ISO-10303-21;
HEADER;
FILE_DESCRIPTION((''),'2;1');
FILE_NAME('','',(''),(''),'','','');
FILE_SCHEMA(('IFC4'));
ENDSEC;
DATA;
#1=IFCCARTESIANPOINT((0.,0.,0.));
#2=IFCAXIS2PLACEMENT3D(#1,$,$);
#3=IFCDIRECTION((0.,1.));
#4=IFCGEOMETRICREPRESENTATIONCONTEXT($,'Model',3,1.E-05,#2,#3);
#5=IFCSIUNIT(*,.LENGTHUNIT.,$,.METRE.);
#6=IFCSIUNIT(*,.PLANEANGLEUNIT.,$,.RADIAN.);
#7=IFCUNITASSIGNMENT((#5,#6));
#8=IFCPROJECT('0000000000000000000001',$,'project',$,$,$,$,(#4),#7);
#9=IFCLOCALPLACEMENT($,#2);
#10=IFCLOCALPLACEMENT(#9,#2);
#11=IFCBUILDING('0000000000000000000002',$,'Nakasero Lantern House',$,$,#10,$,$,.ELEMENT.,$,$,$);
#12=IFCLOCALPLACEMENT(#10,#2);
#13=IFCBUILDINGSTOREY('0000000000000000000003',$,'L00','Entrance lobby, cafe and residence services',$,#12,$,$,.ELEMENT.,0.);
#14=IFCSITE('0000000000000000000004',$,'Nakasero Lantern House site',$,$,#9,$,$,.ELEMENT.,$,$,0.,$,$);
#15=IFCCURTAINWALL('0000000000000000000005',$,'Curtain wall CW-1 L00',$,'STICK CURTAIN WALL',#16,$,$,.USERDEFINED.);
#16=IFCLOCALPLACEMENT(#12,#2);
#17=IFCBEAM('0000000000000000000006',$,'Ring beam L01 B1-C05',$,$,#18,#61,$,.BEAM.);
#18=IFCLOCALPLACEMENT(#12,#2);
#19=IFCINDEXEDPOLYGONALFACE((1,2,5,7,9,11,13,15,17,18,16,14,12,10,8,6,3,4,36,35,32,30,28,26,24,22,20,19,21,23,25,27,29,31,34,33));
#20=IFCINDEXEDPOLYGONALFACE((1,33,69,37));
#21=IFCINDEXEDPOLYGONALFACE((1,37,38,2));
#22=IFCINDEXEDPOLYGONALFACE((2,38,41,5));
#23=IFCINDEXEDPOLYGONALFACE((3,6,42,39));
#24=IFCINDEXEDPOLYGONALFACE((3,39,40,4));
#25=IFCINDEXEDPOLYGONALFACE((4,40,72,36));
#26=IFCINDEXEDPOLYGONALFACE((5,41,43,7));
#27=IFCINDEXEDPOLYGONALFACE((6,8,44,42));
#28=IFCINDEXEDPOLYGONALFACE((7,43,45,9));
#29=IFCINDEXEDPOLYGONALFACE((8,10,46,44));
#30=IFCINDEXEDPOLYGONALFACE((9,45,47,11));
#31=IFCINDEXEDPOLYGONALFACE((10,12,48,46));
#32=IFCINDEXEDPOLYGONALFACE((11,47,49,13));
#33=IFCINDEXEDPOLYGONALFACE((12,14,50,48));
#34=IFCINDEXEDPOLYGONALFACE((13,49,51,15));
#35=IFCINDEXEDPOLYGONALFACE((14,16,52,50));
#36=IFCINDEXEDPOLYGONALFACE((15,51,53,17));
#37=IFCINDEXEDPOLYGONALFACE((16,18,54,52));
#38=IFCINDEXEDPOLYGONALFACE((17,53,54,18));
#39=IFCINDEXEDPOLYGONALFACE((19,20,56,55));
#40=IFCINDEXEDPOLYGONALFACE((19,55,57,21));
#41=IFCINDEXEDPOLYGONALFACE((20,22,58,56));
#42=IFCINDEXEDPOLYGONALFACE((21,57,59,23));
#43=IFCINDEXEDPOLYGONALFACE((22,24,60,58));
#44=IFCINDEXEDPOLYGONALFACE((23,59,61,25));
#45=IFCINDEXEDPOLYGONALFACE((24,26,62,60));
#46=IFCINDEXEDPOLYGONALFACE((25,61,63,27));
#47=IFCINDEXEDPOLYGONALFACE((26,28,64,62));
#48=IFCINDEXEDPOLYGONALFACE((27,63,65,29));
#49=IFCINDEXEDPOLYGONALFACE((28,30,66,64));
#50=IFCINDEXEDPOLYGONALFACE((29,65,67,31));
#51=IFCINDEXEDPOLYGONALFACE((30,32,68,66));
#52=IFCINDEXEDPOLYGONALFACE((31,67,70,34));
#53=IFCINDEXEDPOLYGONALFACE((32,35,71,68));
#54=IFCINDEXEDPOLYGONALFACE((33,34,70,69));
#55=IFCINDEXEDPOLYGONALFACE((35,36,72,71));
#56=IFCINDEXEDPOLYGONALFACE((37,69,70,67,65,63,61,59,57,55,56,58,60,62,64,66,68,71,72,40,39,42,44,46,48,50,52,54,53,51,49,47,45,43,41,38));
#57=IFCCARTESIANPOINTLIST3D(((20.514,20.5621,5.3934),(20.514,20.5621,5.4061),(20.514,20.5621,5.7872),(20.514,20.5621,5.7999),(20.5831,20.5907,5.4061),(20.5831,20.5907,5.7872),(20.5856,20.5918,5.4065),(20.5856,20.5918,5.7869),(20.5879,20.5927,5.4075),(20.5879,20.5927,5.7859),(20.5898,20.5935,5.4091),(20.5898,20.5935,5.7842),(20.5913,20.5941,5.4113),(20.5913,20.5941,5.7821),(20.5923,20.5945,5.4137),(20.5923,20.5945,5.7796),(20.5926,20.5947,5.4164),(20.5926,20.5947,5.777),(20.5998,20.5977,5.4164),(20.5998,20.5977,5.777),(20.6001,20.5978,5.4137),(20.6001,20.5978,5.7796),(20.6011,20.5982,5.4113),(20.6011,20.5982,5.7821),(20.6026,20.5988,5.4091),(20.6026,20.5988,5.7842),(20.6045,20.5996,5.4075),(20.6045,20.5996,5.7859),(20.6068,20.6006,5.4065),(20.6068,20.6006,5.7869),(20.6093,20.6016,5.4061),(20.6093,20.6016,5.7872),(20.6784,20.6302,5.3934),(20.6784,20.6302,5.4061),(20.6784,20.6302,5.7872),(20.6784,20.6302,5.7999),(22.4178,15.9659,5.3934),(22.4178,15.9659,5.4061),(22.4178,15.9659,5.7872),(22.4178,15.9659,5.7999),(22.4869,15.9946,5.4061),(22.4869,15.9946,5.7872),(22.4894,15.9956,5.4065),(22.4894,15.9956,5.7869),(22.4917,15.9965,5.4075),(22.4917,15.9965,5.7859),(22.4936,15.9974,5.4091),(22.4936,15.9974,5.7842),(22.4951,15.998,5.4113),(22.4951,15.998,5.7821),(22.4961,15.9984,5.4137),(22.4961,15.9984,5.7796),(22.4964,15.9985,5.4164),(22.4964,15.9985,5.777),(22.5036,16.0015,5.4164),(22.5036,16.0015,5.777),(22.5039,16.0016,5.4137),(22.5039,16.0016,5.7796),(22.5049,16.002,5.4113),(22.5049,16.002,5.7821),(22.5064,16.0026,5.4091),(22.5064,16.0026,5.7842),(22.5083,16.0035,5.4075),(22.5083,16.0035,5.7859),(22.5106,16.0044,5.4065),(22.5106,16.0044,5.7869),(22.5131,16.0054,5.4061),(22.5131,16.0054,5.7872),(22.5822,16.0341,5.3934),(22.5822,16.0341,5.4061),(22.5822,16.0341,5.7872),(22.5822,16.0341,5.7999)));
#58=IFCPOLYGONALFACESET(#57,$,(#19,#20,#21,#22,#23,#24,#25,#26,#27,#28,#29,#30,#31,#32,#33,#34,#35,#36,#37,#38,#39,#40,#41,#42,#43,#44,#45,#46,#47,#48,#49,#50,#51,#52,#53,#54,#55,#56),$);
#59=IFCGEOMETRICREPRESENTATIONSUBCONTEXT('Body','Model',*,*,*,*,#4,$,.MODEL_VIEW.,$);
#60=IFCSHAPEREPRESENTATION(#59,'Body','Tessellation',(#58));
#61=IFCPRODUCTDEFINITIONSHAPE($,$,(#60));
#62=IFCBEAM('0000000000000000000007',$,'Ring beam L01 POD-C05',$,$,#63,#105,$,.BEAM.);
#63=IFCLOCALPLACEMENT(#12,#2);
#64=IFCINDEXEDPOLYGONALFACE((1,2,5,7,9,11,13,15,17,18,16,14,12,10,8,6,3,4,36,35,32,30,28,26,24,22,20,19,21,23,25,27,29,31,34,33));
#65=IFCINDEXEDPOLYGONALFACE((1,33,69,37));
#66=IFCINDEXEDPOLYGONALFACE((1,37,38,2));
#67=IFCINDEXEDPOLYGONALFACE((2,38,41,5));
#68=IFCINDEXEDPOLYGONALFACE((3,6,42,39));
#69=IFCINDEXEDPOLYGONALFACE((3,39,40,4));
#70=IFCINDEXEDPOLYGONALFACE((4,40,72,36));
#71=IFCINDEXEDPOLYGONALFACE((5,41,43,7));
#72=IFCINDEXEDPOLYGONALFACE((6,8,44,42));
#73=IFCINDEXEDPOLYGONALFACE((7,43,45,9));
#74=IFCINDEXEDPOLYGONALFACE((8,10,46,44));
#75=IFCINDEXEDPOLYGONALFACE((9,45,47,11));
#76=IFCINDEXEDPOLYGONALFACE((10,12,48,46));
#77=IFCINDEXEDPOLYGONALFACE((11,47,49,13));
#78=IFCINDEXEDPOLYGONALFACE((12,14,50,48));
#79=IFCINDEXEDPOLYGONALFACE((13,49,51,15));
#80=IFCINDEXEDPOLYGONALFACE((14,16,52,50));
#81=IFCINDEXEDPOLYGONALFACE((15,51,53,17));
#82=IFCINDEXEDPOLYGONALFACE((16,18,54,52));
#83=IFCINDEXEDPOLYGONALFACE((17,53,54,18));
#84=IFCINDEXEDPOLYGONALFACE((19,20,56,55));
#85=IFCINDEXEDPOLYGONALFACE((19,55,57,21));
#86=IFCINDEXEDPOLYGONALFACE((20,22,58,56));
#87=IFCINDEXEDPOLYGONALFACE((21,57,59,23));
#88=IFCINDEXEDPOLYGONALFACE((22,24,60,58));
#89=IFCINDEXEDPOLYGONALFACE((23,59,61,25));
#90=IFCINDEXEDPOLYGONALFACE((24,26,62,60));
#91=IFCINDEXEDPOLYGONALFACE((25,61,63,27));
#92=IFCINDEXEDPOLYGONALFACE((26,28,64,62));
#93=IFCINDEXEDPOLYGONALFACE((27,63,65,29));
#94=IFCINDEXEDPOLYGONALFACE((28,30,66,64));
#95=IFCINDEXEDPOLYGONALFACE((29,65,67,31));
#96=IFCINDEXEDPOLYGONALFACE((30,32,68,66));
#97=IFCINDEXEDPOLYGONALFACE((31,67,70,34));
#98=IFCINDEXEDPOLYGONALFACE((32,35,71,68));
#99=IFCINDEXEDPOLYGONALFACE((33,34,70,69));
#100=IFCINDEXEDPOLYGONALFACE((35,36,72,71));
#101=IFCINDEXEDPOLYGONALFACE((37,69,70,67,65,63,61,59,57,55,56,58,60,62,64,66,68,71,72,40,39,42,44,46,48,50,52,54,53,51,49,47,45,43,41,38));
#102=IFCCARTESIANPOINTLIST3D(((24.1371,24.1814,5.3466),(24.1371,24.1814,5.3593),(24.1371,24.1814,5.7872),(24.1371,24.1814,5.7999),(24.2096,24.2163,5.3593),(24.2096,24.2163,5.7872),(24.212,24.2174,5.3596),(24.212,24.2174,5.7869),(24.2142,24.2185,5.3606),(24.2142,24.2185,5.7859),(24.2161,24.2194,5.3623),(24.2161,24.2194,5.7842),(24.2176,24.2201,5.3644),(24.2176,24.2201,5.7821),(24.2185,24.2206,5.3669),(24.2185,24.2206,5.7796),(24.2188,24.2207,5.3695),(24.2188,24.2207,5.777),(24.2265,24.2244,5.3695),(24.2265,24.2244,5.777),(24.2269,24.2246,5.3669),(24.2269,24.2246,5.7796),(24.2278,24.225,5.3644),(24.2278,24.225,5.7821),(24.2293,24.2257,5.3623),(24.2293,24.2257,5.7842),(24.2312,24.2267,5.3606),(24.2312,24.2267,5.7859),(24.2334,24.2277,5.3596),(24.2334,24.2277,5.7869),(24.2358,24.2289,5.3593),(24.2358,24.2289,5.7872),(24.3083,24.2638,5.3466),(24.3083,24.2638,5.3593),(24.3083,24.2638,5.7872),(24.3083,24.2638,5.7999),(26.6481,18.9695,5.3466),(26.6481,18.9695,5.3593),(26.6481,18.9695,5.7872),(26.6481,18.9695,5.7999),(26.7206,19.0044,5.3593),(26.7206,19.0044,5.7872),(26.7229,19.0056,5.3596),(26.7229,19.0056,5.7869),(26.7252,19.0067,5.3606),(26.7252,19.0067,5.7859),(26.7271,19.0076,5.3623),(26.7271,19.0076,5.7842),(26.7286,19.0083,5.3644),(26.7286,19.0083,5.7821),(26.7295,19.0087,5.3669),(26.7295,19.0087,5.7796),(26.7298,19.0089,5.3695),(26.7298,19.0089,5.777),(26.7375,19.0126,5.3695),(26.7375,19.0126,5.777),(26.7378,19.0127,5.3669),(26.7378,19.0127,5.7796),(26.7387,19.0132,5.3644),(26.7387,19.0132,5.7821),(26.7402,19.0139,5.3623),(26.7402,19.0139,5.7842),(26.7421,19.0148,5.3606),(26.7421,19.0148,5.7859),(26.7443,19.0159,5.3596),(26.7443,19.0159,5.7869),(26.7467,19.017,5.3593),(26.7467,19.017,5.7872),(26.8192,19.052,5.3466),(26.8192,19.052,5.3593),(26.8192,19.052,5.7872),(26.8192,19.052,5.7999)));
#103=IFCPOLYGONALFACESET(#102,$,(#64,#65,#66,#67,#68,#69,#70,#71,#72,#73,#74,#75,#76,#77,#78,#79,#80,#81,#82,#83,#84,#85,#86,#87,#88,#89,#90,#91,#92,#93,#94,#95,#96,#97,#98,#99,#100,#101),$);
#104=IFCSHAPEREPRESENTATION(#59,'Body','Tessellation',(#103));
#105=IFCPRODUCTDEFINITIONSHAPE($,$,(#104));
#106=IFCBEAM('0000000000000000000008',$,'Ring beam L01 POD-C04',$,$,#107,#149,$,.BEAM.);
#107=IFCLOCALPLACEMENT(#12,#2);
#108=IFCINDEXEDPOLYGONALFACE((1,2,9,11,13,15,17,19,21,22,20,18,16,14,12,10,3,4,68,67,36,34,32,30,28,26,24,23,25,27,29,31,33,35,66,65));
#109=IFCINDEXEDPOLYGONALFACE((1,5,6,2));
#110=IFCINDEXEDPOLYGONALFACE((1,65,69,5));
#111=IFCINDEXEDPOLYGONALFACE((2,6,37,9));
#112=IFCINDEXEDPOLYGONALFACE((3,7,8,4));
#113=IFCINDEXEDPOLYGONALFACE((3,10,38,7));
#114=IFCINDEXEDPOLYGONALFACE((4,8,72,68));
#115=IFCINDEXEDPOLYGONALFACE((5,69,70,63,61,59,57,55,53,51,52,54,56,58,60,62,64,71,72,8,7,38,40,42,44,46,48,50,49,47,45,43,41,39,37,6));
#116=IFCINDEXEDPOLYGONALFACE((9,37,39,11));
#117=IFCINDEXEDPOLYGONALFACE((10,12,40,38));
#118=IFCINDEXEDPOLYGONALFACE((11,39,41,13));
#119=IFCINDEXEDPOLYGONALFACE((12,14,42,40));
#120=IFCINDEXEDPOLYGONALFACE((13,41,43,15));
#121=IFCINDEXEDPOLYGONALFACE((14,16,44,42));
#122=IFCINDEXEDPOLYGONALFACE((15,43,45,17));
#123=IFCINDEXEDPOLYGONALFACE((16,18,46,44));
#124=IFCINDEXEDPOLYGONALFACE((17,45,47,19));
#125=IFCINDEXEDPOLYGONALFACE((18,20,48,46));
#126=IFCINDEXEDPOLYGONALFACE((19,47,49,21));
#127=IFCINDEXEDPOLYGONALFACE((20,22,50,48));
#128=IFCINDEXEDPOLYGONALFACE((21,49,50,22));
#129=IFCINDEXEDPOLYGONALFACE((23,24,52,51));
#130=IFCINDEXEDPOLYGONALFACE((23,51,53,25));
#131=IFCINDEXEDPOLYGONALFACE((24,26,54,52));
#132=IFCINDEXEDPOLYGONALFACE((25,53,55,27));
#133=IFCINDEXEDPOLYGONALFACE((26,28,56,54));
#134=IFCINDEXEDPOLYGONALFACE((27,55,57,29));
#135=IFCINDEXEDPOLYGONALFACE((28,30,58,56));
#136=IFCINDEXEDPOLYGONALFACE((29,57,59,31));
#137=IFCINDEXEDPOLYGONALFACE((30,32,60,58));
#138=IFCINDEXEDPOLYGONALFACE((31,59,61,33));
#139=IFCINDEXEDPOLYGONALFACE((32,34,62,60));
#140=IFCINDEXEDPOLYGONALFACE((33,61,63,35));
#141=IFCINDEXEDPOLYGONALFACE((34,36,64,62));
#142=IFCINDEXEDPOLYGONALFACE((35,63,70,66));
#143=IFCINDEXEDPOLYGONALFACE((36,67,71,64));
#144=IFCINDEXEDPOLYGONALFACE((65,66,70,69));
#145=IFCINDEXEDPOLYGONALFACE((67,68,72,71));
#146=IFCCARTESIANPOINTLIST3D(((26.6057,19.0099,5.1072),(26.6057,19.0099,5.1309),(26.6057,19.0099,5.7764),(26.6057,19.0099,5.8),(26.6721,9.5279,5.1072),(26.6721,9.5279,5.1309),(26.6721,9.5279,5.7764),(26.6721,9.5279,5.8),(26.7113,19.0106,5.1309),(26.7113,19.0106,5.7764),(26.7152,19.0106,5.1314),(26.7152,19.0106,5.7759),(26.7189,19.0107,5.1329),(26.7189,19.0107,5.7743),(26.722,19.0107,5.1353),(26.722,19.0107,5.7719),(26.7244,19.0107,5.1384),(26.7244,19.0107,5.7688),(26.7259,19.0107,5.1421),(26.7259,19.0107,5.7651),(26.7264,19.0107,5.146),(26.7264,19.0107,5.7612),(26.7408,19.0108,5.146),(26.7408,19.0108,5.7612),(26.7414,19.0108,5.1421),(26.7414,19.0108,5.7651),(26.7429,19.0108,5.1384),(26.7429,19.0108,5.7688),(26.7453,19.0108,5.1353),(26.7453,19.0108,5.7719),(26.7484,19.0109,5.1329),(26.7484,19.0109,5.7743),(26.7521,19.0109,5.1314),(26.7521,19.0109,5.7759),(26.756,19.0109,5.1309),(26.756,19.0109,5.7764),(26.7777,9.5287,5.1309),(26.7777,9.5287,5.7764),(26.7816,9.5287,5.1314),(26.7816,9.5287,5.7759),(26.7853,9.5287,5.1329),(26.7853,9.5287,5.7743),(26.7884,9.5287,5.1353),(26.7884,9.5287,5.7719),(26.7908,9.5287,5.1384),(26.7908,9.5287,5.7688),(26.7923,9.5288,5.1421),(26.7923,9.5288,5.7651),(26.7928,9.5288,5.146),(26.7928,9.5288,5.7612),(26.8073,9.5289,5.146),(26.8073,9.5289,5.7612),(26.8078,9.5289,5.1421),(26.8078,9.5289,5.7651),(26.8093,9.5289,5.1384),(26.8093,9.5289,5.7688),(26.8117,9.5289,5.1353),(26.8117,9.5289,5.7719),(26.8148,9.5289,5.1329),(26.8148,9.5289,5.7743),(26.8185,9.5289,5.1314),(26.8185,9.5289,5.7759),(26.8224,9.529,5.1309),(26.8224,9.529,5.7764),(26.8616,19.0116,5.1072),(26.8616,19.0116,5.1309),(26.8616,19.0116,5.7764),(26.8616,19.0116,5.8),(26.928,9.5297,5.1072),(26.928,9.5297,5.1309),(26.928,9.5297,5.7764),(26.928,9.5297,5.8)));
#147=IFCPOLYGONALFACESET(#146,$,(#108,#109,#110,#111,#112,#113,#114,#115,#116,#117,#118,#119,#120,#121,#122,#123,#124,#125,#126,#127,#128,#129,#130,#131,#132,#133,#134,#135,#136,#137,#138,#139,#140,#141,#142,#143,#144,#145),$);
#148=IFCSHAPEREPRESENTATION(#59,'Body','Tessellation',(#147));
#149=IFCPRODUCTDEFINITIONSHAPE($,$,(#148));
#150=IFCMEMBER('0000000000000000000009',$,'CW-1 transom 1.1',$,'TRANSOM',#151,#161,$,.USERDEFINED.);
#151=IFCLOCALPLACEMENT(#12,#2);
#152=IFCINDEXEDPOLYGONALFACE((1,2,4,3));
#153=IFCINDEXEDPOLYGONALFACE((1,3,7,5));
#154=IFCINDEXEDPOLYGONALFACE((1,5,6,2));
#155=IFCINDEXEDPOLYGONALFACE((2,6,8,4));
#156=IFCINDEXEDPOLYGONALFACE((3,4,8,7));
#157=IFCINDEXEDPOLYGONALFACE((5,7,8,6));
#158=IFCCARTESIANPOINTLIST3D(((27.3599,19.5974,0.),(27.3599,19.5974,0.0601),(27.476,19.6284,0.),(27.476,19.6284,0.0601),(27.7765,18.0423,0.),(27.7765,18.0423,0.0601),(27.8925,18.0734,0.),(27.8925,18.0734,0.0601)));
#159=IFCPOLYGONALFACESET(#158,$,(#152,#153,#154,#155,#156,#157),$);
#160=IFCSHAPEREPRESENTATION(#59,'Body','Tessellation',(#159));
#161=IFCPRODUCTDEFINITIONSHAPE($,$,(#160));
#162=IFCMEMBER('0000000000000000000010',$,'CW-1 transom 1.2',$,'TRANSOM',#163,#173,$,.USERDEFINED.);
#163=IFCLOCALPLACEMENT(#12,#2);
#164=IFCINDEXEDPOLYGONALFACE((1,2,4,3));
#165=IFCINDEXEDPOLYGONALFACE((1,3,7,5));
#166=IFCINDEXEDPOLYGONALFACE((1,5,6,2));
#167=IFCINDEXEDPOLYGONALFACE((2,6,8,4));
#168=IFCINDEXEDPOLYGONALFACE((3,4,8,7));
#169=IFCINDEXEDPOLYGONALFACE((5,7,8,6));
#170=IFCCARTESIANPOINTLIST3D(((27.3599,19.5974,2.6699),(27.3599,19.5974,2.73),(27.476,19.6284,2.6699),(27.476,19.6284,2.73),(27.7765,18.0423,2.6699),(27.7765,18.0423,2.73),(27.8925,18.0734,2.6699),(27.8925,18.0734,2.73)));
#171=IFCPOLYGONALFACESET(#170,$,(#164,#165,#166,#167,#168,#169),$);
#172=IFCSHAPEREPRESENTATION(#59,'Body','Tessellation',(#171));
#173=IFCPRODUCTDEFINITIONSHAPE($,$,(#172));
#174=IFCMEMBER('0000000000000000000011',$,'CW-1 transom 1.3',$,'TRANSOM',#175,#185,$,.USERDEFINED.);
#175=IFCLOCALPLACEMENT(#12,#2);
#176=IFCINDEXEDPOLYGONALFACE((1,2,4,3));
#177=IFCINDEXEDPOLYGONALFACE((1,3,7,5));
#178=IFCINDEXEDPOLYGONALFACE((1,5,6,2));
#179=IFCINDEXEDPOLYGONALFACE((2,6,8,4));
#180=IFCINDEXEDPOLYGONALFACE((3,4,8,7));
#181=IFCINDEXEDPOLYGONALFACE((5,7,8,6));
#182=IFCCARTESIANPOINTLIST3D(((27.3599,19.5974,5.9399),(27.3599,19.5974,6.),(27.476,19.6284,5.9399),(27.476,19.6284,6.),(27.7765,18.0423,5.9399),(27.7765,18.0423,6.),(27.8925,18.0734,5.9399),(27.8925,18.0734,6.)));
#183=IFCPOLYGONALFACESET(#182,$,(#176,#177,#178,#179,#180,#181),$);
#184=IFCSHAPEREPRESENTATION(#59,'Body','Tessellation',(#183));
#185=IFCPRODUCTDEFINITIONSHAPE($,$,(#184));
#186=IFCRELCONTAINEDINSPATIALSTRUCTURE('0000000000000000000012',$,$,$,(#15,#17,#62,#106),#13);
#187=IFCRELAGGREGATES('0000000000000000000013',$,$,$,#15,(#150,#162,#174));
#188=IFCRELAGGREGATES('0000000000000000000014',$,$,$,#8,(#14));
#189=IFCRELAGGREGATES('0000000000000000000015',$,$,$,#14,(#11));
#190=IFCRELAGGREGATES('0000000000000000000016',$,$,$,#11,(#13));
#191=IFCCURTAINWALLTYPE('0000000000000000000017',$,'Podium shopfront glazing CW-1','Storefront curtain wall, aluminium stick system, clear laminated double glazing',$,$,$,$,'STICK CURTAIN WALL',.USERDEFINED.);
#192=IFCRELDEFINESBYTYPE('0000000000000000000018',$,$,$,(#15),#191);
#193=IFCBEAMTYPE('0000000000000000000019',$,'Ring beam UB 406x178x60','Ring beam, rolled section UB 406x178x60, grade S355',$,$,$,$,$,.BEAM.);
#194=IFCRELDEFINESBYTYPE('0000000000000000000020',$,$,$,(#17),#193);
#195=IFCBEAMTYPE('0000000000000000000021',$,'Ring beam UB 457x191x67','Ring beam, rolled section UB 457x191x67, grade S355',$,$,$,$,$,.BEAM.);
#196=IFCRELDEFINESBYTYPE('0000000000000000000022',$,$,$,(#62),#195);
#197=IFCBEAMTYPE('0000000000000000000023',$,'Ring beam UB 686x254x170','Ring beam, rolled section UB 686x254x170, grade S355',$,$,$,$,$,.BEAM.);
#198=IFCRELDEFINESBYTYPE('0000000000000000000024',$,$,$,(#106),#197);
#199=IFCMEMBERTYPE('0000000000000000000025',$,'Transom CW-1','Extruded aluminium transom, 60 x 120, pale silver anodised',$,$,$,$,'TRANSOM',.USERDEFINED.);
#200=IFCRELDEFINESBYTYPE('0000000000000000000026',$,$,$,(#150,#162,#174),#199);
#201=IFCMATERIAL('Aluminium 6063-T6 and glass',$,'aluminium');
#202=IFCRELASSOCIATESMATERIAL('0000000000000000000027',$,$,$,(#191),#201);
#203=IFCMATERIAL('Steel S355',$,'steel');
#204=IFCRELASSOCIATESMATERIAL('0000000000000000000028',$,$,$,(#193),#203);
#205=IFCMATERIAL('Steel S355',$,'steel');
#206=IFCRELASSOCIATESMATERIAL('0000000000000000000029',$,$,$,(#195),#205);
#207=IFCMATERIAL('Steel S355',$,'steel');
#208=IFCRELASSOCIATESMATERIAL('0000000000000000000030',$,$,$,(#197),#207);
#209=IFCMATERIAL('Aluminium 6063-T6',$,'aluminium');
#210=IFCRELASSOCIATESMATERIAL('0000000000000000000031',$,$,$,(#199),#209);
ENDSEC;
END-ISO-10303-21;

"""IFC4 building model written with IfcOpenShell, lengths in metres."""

from ifc_helpers import new_model, si_unit, direction, frame, origin, origin_2d, place, context, subcontext, project, spatial, rectangle, i_section, extrude, material, material_profile, profile_set, type_object, element, aggregate, save


model = new_model("IFC4")

# Units and contexts
model_context = context("Model", 3, precision=1e-05, world=origin(), true_north=direction((0.0, 1.0)))
body_context = subcontext(model_context, "Body", "Model", "MODEL_VIEW")
ifc_project = project(units=[si_unit("LENGTHUNIT", "METRE"), si_unit("PLANEANGLEUNIT", "RADIAN")], contexts=[model_context])

# Site, building, storey
site_placement = place(None, origin())
site = spatial("IfcSite", under=ifc_project, at=site_placement, Name="Nakasero Lantern House site", CompositionType="ELEMENT", RefElevation=0.0)
building_placement = place(site_placement, origin())
building = spatial("IfcBuilding", under=site, at=building_placement, Name="Nakasero Lantern House", CompositionType="ELEMENT")
storey_placement = place(building_placement, origin())
storey = spatial("IfcBuildingStorey", under=building, at=storey_placement, Name="L00", Description="Entrance lobby, cafe and residence services", CompositionType="ELEMENT", Elevation=0.0)

# Curtain wall
ifc_material_1 = material(Name="Aluminium 6063-T6 and glass", Category="aluminium")
curtain_wall_type = type_object("IfcCurtainWallType", Name="Podium shopfront glazing CW-1", Description="Storefront curtain wall, aluminium stick system, clear laminated double glazing", ElementType="STICK CURTAIN WALL", PredefinedType="USERDEFINED", material=ifc_material_1)
curtain_wall_placement = place(storey_placement, origin())
curtain_wall = element("IfcCurtainWall", 1, at=curtain_wall_placement, inside=storey, type_object=curtain_wall_type, Name="Curtain wall CW-1 L00", ObjectType="STICK CURTAIN WALL", PredefinedType="USERDEFINED")

# Beams
ifc_material_2 = material(Name="Steel S355", Category="steel")
ifc_material_profile_1 = material_profile(ifc_material_2, i_section(OverallWidth=0.178, OverallDepth=0.4065, WebThickness=0.0078, FlangeThickness=0.0127, FilletRadius=0.0103, at=origin_2d()), Name="UB 406x178x60")
ifc_profile_set_1 = profile_set([ifc_material_profile_1], Name="Steel S355")
beam_type_1 = type_object("IfcBeamType", Name="Ring beam UB 406x178x60", Description="Ring beam, rolled section UB 406x178x60, grade S355", PredefinedType="BEAM", material=ifc_profile_set_1)
beam_1_placement = place(storey_placement, frame((22.5, 16.0, 5.5967), z_axis=(-0.382684, 0.923879, 0.0), x_axis=(-0.923879, -0.382684, 0.0)))
element("IfcBeam", 2, at=beam_1_placement, inside=storey, type_object=beam_type_1, Name="Ring beam L01 B1-C05", PredefinedType="BEAM", context=body_context, shape_type="SweptSolid", body=[
    extrude(i_section(OverallWidth=0.178, OverallDepth=0.4065, WebThickness=0.0078, FlangeThickness=0.0127, FilletRadius=0.0103, at=origin_2d()), origin(), (0.0, 0.0, 1.0), 4.9749),
])
ifc_material_3 = material(Name="Steel S355", Category="steel")
ifc_material_profile_2 = material_profile(ifc_material_3, i_section(OverallWidth=0.1899, OverallDepth=0.4534, WebThickness=0.0085, FlangeThickness=0.0127, FilletRadius=0.0103, at=origin_2d()), Name="UB 457x191x67")
ifc_profile_set_2 = profile_set([ifc_material_profile_2], Name="Steel S355")
beam_type_2 = type_object("IfcBeamType", Name="Ring beam UB 457x191x67", Description="Ring beam, rolled section UB 457x191x67, grade S355", PredefinedType="BEAM", material=ifc_profile_set_2)
beam_2_placement = place(storey_placement, frame((26.7336, 19.0107, 5.5732), z_axis=(-0.434033, 0.900897, 0.0), x_axis=(-0.900897, -0.434033, 0.0)))
element("IfcBeam", 3, at=beam_2_placement, inside=storey, type_object=beam_type_2, Name="Ring beam L01 POD-C05", PredefinedType="BEAM", context=body_context, shape_type="SweptSolid", body=[
    extrude(i_section(OverallWidth=0.1899, OverallDepth=0.4534, WebThickness=0.0085, FlangeThickness=0.0127, FilletRadius=0.0103, at=origin_2d()), origin(), (0.0, 0.0, 1.0), 5.7852),
])
ifc_material_4 = material(Name="Steel S355", Category="steel")
ifc_material_profile_3 = material_profile(ifc_material_4, i_section(OverallWidth=0.2559, OverallDepth=0.6929, WebThickness=0.0144, FlangeThickness=0.0237, FilletRadius=0.0151, at=origin_2d()), Name="UB 686x254x170")
ifc_profile_set_3 = profile_set([ifc_material_profile_3], Name="Steel S355")
beam_type_3 = type_object("IfcBeamType", Name="Ring beam UB 686x254x170", Description="Ring beam, rolled section UB 686x254x170, grade S355", PredefinedType="BEAM", material=ifc_profile_set_3)
beam_3_placement = place(storey_placement, frame((26.8, 9.5288, 5.4536), z_axis=(-0.007003, 0.999975, 0.0), x_axis=(-0.999975, -0.007003, 0.0)))
element("IfcBeam", 4, at=beam_3_placement, inside=storey, type_object=beam_type_3, Name="Ring beam L01 POD-C04", PredefinedType="BEAM", context=body_context, shape_type="SweptSolid", body=[
    extrude(i_section(OverallWidth=0.2559, OverallDepth=0.6929, WebThickness=0.0144, FlangeThickness=0.0237, FilletRadius=0.0151, at=origin_2d()), origin(), (0.0, 0.0, 1.0), 9.4822),
])

# Members
ifc_material_5 = material(Name="Aluminium 6063-T6", Category="aluminium")
ifc_material_profile_4 = material_profile(ifc_material_5, rectangle(XDim=0.0601, YDim=0.1201, at=origin_2d()), Name="CW-1 transom 60x120")
ifc_profile_set_4 = profile_set([ifc_material_profile_4], Name="Aluminium 6063-T6")
member_type_1 = type_object("IfcMemberType", Name="Transom CW-1", Description="Extruded aluminium transom, 60 x 120, pale silver anodised", ElementType="TRANSOM", PredefinedType="USERDEFINED", material=ifc_profile_set_4)
member_1_placement = place(storey_placement, frame((27.8345, 18.0579, 0.03), z_axis=(-0.258739, 0.965947, 0.0), x_axis=(0.0, 0.0, 1.0)))
member_1 = element("IfcMember", 5, at=member_1_placement, type_object=member_type_1, Name="CW-1 transom 1.1", ObjectType="TRANSOM", PredefinedType="USERDEFINED", context=body_context, shape_type="SweptSolid", body=[
    extrude(rectangle(XDim=0.0601, YDim=0.1201, at=origin_2d()), origin(), (0.0, 0.0, 1.0), 1.6099),
])
member_2_placement = place(storey_placement, frame((27.8345, 18.0579, 2.7), z_axis=(-0.258739, 0.965947, 0.0), x_axis=(0.0, 0.0, 1.0)))
member_2 = element("IfcMember", 6, at=member_2_placement, type_object=member_type_1, Name="CW-1 transom 1.2", ObjectType="TRANSOM", PredefinedType="USERDEFINED", context=body_context, shape_type="SweptSolid", body=[
    extrude(rectangle(XDim=0.0601, YDim=0.1201, at=origin_2d()), origin(), (0.0, 0.0, 1.0), 1.6099),
])
member_3_placement = place(storey_placement, frame((27.8345, 18.0579, 5.97), z_axis=(-0.258739, 0.965947, 0.0), x_axis=(0.0, 0.0, 1.0)))
member_3 = element("IfcMember", 7, at=member_3_placement, type_object=member_type_1, Name="CW-1 transom 1.3", ObjectType="TRANSOM", PredefinedType="USERDEFINED", context=body_context, shape_type="SweptSolid", body=[
    extrude(rectangle(XDim=0.0601, YDim=0.1201, at=origin_2d()), origin(), (0.0, 0.0, 1.0), 1.6099),
])

aggregate(curtain_wall, [member_1, member_2, member_3])

save(model, "model.ifc")
